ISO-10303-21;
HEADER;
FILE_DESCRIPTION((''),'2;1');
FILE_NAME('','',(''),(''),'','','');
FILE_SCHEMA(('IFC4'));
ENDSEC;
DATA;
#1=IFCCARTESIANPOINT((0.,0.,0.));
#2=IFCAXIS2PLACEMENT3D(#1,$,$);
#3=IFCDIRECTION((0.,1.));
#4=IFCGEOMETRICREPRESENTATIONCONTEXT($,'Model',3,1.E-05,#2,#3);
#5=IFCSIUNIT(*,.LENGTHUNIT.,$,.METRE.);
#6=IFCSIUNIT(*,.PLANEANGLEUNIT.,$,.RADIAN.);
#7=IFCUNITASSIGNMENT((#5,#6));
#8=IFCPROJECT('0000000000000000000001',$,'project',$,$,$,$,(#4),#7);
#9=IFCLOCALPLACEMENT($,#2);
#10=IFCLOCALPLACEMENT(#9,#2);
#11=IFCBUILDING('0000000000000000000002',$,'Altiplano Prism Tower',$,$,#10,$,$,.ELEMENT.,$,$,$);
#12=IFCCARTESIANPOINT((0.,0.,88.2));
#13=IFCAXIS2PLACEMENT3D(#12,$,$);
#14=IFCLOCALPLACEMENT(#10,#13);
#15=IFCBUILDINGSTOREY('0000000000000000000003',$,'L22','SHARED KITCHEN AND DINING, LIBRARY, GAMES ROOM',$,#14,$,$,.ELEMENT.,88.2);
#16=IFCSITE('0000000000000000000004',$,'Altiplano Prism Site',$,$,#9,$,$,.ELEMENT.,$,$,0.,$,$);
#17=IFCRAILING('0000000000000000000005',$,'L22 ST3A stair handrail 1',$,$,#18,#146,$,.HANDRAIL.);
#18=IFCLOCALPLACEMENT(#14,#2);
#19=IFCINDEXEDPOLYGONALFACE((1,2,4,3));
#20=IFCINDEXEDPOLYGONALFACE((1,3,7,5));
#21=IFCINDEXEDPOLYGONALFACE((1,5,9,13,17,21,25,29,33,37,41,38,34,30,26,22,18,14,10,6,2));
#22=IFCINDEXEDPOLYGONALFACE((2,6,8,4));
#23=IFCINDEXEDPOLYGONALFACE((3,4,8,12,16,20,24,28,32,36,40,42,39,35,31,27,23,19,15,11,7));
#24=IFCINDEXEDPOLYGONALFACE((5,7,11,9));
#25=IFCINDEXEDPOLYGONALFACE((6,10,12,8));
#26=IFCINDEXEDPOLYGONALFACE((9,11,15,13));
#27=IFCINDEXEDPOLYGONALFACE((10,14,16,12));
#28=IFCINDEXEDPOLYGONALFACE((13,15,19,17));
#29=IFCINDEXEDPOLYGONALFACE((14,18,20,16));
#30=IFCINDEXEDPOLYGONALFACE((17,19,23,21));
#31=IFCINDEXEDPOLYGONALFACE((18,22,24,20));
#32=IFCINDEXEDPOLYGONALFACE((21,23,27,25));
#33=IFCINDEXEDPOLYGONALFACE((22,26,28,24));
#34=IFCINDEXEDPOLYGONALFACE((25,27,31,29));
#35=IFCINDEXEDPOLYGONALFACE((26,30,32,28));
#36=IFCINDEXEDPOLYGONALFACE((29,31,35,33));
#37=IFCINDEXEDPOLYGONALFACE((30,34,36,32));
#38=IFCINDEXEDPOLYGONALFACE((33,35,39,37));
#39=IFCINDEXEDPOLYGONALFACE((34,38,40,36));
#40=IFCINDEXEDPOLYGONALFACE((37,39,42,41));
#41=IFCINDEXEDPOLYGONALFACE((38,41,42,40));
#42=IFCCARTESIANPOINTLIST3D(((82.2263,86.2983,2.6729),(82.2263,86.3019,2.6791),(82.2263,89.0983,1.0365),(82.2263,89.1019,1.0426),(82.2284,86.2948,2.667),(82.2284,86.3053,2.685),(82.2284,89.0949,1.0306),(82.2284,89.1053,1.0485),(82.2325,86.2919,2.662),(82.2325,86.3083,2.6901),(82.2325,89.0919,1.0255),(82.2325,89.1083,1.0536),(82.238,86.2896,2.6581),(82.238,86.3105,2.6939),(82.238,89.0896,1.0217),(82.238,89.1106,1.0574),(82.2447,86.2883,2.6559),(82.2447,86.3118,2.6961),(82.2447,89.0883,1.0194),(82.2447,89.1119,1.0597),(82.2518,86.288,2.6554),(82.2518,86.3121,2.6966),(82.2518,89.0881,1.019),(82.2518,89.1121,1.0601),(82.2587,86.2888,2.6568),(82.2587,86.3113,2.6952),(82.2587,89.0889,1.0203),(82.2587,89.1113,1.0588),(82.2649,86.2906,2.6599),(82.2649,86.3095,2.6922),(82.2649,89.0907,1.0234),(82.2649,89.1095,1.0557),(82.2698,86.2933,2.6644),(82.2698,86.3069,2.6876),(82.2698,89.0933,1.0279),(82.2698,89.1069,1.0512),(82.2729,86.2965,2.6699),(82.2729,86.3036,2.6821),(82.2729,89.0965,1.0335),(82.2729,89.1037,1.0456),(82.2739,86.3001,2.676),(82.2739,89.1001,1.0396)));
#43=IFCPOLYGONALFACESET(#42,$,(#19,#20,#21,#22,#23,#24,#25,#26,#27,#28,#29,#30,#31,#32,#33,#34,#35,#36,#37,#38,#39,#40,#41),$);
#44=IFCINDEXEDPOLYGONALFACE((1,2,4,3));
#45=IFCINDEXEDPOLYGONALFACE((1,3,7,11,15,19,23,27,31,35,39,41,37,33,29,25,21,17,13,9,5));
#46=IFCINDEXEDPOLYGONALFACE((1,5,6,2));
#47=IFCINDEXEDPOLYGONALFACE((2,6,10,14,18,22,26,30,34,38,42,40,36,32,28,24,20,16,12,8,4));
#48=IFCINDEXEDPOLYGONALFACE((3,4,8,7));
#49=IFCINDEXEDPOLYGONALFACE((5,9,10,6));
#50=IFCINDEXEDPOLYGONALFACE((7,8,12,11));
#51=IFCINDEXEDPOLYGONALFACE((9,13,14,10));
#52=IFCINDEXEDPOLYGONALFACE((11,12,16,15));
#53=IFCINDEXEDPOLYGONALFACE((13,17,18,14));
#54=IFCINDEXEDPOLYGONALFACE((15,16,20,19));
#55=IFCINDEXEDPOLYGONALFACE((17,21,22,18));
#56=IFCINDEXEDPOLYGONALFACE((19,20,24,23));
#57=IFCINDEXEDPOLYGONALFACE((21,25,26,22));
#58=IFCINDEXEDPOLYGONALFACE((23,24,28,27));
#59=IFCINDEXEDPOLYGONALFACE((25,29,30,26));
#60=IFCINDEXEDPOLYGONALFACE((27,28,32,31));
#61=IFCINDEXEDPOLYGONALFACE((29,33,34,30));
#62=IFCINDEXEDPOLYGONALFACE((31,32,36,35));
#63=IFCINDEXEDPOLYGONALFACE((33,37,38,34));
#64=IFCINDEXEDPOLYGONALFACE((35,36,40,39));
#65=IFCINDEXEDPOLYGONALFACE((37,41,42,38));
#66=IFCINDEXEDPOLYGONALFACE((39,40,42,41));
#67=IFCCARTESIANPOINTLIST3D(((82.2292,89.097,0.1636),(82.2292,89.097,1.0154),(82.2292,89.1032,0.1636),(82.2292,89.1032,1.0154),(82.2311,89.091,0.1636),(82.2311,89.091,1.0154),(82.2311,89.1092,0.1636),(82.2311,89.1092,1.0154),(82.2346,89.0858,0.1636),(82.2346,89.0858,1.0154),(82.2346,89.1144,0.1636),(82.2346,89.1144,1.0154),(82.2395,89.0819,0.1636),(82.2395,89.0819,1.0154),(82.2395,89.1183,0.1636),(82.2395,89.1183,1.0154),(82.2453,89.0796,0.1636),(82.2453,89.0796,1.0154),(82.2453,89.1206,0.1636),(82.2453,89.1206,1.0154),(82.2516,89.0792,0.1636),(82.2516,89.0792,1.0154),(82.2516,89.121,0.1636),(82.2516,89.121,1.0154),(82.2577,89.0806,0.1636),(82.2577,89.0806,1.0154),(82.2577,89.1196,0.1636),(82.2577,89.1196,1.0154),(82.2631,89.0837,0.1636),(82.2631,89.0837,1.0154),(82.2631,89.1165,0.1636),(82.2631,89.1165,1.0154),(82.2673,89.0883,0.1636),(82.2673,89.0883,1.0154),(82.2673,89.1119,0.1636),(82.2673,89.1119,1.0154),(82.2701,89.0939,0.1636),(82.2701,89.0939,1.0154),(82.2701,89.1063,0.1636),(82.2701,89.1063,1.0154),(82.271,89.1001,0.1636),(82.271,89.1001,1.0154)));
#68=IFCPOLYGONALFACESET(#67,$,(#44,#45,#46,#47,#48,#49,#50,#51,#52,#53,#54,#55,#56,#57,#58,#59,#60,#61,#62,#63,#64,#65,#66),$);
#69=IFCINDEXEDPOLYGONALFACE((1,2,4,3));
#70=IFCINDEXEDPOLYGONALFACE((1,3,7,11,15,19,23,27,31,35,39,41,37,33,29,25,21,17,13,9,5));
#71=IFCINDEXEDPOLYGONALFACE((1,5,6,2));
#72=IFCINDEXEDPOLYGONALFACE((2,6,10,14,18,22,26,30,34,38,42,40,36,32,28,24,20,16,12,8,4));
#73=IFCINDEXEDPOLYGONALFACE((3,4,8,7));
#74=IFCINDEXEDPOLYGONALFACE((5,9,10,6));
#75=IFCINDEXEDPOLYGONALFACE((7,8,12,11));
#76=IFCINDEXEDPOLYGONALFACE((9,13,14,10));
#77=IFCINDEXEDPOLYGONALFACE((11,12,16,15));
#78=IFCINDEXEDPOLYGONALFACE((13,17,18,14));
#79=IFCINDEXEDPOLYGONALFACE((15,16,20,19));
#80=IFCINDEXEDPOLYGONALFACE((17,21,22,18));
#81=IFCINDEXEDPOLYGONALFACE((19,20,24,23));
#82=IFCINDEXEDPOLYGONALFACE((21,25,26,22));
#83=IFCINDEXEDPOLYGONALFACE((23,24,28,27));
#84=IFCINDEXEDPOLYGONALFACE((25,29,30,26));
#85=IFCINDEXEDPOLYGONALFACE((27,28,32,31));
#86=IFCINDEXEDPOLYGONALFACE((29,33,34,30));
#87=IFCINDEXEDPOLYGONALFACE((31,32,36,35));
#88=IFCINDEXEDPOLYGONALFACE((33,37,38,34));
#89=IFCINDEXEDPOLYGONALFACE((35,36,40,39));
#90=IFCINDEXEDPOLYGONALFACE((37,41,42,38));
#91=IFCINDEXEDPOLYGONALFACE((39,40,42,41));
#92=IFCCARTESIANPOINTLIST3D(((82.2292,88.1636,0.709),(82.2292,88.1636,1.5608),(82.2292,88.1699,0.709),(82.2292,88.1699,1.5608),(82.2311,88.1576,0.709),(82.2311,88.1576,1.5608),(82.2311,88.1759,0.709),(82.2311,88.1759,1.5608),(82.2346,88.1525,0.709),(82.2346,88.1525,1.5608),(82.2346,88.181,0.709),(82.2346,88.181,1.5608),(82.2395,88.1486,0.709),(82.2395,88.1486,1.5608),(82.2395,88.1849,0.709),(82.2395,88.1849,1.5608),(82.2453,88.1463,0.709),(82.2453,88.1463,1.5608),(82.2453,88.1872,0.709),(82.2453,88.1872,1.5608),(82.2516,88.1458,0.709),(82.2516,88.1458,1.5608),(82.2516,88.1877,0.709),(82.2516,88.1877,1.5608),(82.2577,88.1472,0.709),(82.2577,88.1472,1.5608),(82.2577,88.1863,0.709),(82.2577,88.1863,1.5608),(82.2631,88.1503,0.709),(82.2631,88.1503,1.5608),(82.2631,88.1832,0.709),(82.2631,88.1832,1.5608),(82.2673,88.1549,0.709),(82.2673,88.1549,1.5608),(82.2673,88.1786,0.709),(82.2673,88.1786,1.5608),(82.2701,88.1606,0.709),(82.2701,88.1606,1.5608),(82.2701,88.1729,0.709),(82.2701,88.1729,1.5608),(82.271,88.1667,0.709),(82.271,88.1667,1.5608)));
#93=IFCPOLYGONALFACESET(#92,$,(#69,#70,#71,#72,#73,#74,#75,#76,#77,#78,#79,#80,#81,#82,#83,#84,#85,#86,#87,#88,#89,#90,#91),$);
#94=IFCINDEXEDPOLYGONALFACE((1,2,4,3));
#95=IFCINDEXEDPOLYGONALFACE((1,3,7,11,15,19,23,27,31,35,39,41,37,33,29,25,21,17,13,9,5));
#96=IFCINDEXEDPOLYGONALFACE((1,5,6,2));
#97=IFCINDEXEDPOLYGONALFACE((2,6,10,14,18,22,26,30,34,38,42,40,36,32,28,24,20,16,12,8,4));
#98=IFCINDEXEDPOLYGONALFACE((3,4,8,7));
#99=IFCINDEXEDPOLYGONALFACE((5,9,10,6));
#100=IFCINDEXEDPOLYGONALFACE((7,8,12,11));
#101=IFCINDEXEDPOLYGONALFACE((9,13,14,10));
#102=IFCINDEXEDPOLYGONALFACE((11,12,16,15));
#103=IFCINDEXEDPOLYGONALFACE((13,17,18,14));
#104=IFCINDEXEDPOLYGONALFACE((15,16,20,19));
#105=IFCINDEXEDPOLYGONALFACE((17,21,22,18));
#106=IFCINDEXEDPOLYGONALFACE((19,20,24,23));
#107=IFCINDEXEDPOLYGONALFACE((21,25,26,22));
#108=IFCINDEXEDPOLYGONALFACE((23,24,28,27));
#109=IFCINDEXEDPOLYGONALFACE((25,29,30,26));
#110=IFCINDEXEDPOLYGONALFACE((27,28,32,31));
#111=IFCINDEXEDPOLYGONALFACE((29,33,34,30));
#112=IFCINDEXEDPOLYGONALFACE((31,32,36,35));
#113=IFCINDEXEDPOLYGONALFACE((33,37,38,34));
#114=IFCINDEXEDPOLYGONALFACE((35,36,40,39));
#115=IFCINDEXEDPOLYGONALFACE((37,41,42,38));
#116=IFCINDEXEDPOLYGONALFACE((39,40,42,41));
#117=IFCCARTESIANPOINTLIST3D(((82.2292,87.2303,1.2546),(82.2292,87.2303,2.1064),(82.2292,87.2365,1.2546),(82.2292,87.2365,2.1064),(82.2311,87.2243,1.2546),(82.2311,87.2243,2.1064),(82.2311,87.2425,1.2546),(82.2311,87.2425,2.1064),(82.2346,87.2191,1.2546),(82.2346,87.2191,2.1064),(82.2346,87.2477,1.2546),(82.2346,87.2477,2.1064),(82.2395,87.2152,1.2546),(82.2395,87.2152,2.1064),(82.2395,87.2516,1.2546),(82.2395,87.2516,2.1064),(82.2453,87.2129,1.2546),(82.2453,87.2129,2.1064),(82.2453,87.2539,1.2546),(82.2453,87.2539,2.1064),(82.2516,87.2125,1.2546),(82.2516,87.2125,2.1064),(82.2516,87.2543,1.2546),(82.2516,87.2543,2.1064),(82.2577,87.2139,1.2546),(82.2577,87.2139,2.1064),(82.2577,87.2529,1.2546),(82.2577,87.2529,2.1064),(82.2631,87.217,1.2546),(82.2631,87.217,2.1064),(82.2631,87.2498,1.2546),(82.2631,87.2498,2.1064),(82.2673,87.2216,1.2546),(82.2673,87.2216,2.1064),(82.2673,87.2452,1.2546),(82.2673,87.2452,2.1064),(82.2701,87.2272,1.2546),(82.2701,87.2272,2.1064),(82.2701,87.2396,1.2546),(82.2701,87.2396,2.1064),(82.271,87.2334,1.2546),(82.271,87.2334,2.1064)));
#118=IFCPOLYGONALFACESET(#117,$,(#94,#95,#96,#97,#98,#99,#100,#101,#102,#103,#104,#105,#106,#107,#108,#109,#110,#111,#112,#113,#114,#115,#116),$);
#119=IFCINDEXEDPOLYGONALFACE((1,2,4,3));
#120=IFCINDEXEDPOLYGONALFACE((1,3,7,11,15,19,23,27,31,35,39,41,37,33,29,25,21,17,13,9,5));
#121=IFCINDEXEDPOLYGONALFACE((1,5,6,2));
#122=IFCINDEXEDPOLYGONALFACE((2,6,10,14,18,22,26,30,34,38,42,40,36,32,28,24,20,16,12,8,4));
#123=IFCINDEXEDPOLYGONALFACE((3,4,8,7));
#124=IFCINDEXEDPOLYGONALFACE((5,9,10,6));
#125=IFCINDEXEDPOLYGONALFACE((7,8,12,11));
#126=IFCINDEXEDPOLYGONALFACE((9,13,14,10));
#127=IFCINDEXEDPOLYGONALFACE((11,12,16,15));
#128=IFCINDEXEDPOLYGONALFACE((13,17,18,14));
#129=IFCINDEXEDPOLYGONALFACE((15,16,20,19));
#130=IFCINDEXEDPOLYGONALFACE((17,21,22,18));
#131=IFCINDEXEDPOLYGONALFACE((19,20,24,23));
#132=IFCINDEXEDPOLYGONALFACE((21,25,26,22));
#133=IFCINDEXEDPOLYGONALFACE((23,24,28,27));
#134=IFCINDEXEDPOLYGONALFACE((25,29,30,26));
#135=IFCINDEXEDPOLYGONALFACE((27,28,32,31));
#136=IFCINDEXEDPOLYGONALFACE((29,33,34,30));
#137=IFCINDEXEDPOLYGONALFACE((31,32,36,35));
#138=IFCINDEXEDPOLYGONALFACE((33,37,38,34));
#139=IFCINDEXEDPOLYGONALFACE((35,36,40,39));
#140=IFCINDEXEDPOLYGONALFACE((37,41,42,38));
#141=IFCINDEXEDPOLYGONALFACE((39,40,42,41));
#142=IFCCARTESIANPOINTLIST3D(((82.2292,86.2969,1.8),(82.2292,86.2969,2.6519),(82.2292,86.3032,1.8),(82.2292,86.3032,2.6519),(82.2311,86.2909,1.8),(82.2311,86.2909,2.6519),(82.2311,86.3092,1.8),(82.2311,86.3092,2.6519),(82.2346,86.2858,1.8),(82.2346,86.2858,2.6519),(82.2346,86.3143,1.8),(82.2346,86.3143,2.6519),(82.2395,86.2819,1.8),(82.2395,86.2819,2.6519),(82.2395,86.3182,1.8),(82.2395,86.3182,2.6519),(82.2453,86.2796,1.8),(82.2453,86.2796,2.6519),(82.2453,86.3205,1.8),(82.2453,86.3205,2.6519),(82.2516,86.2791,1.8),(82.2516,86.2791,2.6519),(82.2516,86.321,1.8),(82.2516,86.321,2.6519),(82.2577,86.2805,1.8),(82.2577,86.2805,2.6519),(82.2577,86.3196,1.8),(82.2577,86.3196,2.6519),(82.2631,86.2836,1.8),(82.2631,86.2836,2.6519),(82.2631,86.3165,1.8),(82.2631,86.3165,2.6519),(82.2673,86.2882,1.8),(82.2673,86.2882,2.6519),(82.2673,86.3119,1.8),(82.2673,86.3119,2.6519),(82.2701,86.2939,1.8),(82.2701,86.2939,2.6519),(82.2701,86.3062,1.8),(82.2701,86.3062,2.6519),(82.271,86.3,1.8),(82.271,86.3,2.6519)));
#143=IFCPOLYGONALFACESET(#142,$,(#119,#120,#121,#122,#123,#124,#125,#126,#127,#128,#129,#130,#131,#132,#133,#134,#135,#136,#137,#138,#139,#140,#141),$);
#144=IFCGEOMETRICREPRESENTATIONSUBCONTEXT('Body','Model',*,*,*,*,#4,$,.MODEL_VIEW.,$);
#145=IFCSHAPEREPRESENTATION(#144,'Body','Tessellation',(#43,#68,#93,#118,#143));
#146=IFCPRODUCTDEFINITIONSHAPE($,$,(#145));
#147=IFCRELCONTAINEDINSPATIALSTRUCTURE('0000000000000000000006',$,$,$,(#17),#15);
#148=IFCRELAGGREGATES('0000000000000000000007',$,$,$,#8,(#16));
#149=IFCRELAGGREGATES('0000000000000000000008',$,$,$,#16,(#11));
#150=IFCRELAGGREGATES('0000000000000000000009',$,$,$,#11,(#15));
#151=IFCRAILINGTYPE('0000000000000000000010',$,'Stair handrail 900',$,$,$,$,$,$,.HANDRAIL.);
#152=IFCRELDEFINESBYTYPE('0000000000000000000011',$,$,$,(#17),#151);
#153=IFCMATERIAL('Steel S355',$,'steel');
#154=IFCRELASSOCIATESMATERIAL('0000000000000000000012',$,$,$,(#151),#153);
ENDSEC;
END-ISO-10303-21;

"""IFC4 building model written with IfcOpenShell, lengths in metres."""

from ifc_helpers import new_model, si_unit, direction, frame, origin, origin_2d, place, context, subcontext, project, spatial, circle, extrude, material, type_object, element, save


model = new_model("IFC4")

# Units and contexts
model_context = context("Model", 3, precision=1e-05, world=origin(), true_north=direction((0.0, 1.0)))
body_context = subcontext(model_context, "Body", "Model", "MODEL_VIEW")
ifc_project = project(units=[si_unit("LENGTHUNIT", "METRE"), si_unit("PLANEANGLEUNIT", "RADIAN")], contexts=[model_context])

# Site, building, storey
site_placement = place(None, origin())
site = spatial("IfcSite", under=ifc_project, at=site_placement, Name="Altiplano Prism Site", CompositionType="ELEMENT", RefElevation=0.0)
building_placement = place(site_placement, origin())
building = spatial("IfcBuilding", under=site, at=building_placement, Name="Altiplano Prism Tower", CompositionType="ELEMENT")
storey_placement = place(building_placement, frame((0.0, 0.0, 88.2)))
storey = spatial("IfcBuildingStorey", under=building, at=storey_placement, Name="L22", Description="SHARED KITCHEN AND DINING, LIBRARY, GAMES ROOM", CompositionType="ELEMENT", Elevation=88.2)

# Railing
ifc_material_1 = material(Name="Steel S355", Category="steel")
railing_type_1 = type_object("IfcRailingType", Name="Stair handrail 900", PredefinedType="HANDRAIL", material=ifc_material_1)
for number, where, name in (
    (1, (82.25, 89.1001, 0.1636), "L22 ST3A stair handrail 1"),
):
    element("IfcRailing", number, at=place(storey_placement, frame(where)), inside=storey, type_object=railing_type_1, Name=name, PredefinedType="HANDRAIL", context=body_context, shape_type="SweptSolid", body=[
        extrude(circle(Radius=0.0239, at=origin_2d()), frame((0.0, 0.0, 0.876), z_axis=(0.0, -0.863361, 0.504587), x_axis=(1.0, 0.0, 0.0)), (0.0, 0.0, 1.0), 3.2432),
        extrude(circle(Radius=0.021, at=origin_2d()), origin(), (0.0, 0.0, 1.0), 0.8518),
        extrude(circle(Radius=0.021, at=origin_2d()), frame((0.0, -0.9333, 0.5454)), (0.0, 0.0, 1.0), 0.8518),
        extrude(circle(Radius=0.021, at=origin_2d()), frame((0.0, -1.8667, 1.0911)), (0.0, 0.0, 1.0), 0.8518),
        extrude(circle(Radius=0.021, at=origin_2d()), frame((0.0, -2.8, 1.6365)), (0.0, 0.0, 1.0), 0.8518),
    ])

save(model, "model.ifc")
